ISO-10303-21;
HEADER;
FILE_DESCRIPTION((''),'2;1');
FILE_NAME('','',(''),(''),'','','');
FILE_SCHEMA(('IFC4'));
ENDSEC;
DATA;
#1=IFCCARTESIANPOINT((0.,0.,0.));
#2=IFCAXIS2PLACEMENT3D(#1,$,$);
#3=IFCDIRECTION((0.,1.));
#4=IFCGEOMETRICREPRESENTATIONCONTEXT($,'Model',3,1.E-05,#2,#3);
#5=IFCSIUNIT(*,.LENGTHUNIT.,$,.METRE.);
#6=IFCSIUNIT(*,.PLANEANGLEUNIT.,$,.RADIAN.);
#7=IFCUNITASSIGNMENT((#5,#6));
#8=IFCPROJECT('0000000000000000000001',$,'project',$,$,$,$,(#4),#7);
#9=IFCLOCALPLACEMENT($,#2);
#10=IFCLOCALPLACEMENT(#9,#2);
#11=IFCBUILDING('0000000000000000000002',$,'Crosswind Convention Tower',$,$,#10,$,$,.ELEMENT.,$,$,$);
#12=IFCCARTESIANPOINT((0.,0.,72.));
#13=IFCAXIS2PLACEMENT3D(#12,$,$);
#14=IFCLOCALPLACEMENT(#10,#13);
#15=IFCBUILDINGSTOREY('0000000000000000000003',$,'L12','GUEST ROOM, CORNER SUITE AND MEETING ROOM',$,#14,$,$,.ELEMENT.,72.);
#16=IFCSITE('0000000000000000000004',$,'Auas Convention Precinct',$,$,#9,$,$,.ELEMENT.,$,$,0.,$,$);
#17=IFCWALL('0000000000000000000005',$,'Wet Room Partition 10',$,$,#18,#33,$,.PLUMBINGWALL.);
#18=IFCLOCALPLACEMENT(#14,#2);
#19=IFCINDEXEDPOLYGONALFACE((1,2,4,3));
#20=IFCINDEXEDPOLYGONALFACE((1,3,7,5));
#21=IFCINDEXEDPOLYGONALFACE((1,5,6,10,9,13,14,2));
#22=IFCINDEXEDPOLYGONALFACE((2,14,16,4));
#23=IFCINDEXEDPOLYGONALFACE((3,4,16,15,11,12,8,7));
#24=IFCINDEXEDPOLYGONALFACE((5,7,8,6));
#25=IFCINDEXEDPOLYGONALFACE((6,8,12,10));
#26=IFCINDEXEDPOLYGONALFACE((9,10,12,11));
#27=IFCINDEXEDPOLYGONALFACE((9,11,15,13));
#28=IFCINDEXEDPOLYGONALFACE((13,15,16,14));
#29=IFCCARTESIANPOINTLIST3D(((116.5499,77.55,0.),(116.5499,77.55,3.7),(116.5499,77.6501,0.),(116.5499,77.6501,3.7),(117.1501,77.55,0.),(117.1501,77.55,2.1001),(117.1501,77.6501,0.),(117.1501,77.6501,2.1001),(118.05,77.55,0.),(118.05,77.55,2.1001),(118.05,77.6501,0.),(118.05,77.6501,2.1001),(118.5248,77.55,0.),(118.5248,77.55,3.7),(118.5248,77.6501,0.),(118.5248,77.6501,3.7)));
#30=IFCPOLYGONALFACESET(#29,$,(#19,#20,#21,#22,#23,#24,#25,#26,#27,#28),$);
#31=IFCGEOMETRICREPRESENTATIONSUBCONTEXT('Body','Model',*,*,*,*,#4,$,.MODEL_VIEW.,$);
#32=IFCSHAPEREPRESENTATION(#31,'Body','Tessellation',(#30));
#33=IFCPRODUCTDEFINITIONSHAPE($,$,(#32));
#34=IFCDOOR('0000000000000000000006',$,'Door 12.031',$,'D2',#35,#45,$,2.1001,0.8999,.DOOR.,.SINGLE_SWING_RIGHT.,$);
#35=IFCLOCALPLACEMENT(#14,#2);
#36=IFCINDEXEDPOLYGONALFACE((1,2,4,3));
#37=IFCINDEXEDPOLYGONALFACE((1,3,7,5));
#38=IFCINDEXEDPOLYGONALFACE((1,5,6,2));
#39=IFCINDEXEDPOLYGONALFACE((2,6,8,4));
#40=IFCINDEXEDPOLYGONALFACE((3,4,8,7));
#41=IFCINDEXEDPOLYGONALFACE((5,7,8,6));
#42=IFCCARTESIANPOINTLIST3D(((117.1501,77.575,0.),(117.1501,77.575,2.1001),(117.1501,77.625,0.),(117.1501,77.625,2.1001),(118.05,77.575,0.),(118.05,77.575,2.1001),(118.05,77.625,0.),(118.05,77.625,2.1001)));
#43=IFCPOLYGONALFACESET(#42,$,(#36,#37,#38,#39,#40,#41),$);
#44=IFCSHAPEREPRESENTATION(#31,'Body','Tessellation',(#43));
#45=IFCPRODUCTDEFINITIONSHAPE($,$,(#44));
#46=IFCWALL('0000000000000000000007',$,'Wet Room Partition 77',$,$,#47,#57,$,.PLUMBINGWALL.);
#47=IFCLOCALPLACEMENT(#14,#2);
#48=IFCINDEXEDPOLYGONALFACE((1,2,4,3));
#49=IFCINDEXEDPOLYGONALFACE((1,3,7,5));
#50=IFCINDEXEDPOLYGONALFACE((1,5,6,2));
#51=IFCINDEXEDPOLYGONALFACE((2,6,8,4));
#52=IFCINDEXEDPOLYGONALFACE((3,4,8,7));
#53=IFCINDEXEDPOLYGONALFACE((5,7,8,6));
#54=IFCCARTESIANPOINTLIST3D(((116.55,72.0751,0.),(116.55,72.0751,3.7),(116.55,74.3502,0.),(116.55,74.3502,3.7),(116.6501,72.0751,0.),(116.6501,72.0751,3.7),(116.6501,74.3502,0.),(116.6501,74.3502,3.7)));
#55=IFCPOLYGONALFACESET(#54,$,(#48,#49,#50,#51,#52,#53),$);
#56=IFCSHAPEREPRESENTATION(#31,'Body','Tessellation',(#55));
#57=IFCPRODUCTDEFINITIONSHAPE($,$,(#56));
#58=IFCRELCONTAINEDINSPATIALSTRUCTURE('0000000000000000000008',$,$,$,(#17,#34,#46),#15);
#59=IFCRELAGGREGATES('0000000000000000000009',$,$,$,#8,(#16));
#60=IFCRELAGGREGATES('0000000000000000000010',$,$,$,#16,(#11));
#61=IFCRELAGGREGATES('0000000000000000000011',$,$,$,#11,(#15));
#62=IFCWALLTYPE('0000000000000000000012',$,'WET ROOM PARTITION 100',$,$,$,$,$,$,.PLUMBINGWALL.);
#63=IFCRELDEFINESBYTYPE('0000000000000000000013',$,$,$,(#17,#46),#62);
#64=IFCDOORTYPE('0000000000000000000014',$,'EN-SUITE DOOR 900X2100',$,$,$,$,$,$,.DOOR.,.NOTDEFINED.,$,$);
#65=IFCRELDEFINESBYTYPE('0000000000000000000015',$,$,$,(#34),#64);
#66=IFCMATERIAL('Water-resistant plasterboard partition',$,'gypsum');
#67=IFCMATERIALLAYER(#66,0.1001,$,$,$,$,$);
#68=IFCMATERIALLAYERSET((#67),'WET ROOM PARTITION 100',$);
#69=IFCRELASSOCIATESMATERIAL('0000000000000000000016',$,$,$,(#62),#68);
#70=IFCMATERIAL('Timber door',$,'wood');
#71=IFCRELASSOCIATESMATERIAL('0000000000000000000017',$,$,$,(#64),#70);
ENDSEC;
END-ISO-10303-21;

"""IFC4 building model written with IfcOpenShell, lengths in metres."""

from ifc_helpers import new_model, si_unit, direction, frame, frame_2d, origin, place, context, subcontext, project, spatial, rectangle, extrude, material, layer, layer_set, type_object, element, fill, save


model = new_model("IFC4")

# Units and contexts
model_context = context("Model", 3, precision=1e-05, world=origin(), true_north=direction((0.0, 1.0)))
body_context = subcontext(model_context, "Body", "Model", "MODEL_VIEW")
ifc_project = project(units=[si_unit("LENGTHUNIT", "METRE"), si_unit("PLANEANGLEUNIT", "RADIAN")], contexts=[model_context])

# Site, building, storey
site_placement = place(None, origin())
site = spatial("IfcSite", under=ifc_project, at=site_placement, Name="Auas Convention Precinct", CompositionType="ELEMENT", RefElevation=0.0)
building_placement = place(site_placement, origin())
building = spatial("IfcBuilding", under=site, at=building_placement, Name="Crosswind Convention Tower", CompositionType="ELEMENT")
storey_placement = place(building_placement, frame((0.0, 0.0, 72.0)))
storey = spatial("IfcBuildingStorey", under=building, at=storey_placement, Name="L12", Description="GUEST ROOM, CORNER SUITE AND MEETING ROOM", CompositionType="ELEMENT", Elevation=72.0)

# Wall, opening, door
ifc_material_1 = material(Name="Water-resistant plasterboard partition", Category="gypsum")
ifc_layer_1 = layer(ifc_material_1, 0.1001)
ifc_layer_set_1 = layer_set([ifc_layer_1], Name="WET ROOM PARTITION 100")
wall_type_1 = type_object("IfcWallType", Name="WET ROOM PARTITION 100", PredefinedType="PLUMBINGWALL", material=ifc_layer_set_1)
ifc_material_2 = material(Name="Timber door", Category="wood")
door_type_1 = type_object("IfcDoorType", Name="EN-SUITE DOOR 900X2100", OperationType="NOTDEFINED", PredefinedType="DOOR", material=ifc_material_2)
wall_1_placement = place(storey_placement, frame((116.55, 77.6001, 0.0), z_axis=(0.0, 0.0, 1.0), x_axis=(1.0, 0.0, 0.0)))
wall_1 = element("IfcWall", 1, at=wall_1_placement, inside=storey, type_object=wall_type_1, Name="Wet Room Partition 10", PredefinedType="PLUMBINGWALL", context=body_context, shape_type="SweptSolid", body=[
    extrude(rectangle(XDim=1.9749, YDim=0.1001, at=frame_2d((0.9873, 0.0))), origin(), (0.0, 0.0, 1.0), 3.7),
])
opening_1_placement = place(wall_1_placement, frame((0.6001, 0.0, 0.0)))
opening_1 = element("IfcOpeningElement", 2, at=opening_1_placement, cuts=wall_1, PredefinedType="OPENING", context=body_context, shape_type="SweptSolid", body=[
    extrude(rectangle(XDim=0.8999, YDim=2.1001, at=frame_2d((0.45, 1.05))), frame((0.0, 0.0601, 0.0), z_axis=(0.0, -1.0, 0.0), x_axis=(1.0, 0.0, 0.0)), (0.0, 0.0, 1.0), 0.1201),
])
door_1_placement = place(opening_1_placement, origin())
door_1 = element("IfcDoor", 3, at=door_1_placement, inside=storey, type_object=door_type_1, Name="Door 12.031", ObjectType="D2", OperationType="SINGLE_SWING_RIGHT", OverallHeight=2.1001, OverallWidth=0.8999, PredefinedType="DOOR", context=body_context, shape_type="SweptSolid", body=[
    extrude(rectangle(XDim=0.8999, YDim=2.1001, at=frame_2d((0.45, 1.05))), frame((0.0, 0.0249, 0.0), z_axis=(0.0, -1.0, 0.0), x_axis=(1.0, 0.0, 0.0)), (0.0, 0.0, 1.0), 0.05),
])
fill(opening_1, door_1)

# Wall
wall_2_placement = place(storey_placement, frame((116.6001, 72.075, 0.0), z_axis=(0.0, 0.0, 1.0), x_axis=(0.0, 1.0, 0.0)))
element("IfcWall", 4, at=wall_2_placement, inside=storey, type_object=wall_type_1, Name="Wet Room Partition 77", PredefinedType="PLUMBINGWALL", context=body_context, shape_type="SweptSolid", body=[
    extrude(rectangle(XDim=2.2751, YDim=0.1001, at=frame_2d((1.1377, 0.0))), origin(), (0.0, 0.0, 1.0), 3.7),
])

save(model, "model.ifc")
